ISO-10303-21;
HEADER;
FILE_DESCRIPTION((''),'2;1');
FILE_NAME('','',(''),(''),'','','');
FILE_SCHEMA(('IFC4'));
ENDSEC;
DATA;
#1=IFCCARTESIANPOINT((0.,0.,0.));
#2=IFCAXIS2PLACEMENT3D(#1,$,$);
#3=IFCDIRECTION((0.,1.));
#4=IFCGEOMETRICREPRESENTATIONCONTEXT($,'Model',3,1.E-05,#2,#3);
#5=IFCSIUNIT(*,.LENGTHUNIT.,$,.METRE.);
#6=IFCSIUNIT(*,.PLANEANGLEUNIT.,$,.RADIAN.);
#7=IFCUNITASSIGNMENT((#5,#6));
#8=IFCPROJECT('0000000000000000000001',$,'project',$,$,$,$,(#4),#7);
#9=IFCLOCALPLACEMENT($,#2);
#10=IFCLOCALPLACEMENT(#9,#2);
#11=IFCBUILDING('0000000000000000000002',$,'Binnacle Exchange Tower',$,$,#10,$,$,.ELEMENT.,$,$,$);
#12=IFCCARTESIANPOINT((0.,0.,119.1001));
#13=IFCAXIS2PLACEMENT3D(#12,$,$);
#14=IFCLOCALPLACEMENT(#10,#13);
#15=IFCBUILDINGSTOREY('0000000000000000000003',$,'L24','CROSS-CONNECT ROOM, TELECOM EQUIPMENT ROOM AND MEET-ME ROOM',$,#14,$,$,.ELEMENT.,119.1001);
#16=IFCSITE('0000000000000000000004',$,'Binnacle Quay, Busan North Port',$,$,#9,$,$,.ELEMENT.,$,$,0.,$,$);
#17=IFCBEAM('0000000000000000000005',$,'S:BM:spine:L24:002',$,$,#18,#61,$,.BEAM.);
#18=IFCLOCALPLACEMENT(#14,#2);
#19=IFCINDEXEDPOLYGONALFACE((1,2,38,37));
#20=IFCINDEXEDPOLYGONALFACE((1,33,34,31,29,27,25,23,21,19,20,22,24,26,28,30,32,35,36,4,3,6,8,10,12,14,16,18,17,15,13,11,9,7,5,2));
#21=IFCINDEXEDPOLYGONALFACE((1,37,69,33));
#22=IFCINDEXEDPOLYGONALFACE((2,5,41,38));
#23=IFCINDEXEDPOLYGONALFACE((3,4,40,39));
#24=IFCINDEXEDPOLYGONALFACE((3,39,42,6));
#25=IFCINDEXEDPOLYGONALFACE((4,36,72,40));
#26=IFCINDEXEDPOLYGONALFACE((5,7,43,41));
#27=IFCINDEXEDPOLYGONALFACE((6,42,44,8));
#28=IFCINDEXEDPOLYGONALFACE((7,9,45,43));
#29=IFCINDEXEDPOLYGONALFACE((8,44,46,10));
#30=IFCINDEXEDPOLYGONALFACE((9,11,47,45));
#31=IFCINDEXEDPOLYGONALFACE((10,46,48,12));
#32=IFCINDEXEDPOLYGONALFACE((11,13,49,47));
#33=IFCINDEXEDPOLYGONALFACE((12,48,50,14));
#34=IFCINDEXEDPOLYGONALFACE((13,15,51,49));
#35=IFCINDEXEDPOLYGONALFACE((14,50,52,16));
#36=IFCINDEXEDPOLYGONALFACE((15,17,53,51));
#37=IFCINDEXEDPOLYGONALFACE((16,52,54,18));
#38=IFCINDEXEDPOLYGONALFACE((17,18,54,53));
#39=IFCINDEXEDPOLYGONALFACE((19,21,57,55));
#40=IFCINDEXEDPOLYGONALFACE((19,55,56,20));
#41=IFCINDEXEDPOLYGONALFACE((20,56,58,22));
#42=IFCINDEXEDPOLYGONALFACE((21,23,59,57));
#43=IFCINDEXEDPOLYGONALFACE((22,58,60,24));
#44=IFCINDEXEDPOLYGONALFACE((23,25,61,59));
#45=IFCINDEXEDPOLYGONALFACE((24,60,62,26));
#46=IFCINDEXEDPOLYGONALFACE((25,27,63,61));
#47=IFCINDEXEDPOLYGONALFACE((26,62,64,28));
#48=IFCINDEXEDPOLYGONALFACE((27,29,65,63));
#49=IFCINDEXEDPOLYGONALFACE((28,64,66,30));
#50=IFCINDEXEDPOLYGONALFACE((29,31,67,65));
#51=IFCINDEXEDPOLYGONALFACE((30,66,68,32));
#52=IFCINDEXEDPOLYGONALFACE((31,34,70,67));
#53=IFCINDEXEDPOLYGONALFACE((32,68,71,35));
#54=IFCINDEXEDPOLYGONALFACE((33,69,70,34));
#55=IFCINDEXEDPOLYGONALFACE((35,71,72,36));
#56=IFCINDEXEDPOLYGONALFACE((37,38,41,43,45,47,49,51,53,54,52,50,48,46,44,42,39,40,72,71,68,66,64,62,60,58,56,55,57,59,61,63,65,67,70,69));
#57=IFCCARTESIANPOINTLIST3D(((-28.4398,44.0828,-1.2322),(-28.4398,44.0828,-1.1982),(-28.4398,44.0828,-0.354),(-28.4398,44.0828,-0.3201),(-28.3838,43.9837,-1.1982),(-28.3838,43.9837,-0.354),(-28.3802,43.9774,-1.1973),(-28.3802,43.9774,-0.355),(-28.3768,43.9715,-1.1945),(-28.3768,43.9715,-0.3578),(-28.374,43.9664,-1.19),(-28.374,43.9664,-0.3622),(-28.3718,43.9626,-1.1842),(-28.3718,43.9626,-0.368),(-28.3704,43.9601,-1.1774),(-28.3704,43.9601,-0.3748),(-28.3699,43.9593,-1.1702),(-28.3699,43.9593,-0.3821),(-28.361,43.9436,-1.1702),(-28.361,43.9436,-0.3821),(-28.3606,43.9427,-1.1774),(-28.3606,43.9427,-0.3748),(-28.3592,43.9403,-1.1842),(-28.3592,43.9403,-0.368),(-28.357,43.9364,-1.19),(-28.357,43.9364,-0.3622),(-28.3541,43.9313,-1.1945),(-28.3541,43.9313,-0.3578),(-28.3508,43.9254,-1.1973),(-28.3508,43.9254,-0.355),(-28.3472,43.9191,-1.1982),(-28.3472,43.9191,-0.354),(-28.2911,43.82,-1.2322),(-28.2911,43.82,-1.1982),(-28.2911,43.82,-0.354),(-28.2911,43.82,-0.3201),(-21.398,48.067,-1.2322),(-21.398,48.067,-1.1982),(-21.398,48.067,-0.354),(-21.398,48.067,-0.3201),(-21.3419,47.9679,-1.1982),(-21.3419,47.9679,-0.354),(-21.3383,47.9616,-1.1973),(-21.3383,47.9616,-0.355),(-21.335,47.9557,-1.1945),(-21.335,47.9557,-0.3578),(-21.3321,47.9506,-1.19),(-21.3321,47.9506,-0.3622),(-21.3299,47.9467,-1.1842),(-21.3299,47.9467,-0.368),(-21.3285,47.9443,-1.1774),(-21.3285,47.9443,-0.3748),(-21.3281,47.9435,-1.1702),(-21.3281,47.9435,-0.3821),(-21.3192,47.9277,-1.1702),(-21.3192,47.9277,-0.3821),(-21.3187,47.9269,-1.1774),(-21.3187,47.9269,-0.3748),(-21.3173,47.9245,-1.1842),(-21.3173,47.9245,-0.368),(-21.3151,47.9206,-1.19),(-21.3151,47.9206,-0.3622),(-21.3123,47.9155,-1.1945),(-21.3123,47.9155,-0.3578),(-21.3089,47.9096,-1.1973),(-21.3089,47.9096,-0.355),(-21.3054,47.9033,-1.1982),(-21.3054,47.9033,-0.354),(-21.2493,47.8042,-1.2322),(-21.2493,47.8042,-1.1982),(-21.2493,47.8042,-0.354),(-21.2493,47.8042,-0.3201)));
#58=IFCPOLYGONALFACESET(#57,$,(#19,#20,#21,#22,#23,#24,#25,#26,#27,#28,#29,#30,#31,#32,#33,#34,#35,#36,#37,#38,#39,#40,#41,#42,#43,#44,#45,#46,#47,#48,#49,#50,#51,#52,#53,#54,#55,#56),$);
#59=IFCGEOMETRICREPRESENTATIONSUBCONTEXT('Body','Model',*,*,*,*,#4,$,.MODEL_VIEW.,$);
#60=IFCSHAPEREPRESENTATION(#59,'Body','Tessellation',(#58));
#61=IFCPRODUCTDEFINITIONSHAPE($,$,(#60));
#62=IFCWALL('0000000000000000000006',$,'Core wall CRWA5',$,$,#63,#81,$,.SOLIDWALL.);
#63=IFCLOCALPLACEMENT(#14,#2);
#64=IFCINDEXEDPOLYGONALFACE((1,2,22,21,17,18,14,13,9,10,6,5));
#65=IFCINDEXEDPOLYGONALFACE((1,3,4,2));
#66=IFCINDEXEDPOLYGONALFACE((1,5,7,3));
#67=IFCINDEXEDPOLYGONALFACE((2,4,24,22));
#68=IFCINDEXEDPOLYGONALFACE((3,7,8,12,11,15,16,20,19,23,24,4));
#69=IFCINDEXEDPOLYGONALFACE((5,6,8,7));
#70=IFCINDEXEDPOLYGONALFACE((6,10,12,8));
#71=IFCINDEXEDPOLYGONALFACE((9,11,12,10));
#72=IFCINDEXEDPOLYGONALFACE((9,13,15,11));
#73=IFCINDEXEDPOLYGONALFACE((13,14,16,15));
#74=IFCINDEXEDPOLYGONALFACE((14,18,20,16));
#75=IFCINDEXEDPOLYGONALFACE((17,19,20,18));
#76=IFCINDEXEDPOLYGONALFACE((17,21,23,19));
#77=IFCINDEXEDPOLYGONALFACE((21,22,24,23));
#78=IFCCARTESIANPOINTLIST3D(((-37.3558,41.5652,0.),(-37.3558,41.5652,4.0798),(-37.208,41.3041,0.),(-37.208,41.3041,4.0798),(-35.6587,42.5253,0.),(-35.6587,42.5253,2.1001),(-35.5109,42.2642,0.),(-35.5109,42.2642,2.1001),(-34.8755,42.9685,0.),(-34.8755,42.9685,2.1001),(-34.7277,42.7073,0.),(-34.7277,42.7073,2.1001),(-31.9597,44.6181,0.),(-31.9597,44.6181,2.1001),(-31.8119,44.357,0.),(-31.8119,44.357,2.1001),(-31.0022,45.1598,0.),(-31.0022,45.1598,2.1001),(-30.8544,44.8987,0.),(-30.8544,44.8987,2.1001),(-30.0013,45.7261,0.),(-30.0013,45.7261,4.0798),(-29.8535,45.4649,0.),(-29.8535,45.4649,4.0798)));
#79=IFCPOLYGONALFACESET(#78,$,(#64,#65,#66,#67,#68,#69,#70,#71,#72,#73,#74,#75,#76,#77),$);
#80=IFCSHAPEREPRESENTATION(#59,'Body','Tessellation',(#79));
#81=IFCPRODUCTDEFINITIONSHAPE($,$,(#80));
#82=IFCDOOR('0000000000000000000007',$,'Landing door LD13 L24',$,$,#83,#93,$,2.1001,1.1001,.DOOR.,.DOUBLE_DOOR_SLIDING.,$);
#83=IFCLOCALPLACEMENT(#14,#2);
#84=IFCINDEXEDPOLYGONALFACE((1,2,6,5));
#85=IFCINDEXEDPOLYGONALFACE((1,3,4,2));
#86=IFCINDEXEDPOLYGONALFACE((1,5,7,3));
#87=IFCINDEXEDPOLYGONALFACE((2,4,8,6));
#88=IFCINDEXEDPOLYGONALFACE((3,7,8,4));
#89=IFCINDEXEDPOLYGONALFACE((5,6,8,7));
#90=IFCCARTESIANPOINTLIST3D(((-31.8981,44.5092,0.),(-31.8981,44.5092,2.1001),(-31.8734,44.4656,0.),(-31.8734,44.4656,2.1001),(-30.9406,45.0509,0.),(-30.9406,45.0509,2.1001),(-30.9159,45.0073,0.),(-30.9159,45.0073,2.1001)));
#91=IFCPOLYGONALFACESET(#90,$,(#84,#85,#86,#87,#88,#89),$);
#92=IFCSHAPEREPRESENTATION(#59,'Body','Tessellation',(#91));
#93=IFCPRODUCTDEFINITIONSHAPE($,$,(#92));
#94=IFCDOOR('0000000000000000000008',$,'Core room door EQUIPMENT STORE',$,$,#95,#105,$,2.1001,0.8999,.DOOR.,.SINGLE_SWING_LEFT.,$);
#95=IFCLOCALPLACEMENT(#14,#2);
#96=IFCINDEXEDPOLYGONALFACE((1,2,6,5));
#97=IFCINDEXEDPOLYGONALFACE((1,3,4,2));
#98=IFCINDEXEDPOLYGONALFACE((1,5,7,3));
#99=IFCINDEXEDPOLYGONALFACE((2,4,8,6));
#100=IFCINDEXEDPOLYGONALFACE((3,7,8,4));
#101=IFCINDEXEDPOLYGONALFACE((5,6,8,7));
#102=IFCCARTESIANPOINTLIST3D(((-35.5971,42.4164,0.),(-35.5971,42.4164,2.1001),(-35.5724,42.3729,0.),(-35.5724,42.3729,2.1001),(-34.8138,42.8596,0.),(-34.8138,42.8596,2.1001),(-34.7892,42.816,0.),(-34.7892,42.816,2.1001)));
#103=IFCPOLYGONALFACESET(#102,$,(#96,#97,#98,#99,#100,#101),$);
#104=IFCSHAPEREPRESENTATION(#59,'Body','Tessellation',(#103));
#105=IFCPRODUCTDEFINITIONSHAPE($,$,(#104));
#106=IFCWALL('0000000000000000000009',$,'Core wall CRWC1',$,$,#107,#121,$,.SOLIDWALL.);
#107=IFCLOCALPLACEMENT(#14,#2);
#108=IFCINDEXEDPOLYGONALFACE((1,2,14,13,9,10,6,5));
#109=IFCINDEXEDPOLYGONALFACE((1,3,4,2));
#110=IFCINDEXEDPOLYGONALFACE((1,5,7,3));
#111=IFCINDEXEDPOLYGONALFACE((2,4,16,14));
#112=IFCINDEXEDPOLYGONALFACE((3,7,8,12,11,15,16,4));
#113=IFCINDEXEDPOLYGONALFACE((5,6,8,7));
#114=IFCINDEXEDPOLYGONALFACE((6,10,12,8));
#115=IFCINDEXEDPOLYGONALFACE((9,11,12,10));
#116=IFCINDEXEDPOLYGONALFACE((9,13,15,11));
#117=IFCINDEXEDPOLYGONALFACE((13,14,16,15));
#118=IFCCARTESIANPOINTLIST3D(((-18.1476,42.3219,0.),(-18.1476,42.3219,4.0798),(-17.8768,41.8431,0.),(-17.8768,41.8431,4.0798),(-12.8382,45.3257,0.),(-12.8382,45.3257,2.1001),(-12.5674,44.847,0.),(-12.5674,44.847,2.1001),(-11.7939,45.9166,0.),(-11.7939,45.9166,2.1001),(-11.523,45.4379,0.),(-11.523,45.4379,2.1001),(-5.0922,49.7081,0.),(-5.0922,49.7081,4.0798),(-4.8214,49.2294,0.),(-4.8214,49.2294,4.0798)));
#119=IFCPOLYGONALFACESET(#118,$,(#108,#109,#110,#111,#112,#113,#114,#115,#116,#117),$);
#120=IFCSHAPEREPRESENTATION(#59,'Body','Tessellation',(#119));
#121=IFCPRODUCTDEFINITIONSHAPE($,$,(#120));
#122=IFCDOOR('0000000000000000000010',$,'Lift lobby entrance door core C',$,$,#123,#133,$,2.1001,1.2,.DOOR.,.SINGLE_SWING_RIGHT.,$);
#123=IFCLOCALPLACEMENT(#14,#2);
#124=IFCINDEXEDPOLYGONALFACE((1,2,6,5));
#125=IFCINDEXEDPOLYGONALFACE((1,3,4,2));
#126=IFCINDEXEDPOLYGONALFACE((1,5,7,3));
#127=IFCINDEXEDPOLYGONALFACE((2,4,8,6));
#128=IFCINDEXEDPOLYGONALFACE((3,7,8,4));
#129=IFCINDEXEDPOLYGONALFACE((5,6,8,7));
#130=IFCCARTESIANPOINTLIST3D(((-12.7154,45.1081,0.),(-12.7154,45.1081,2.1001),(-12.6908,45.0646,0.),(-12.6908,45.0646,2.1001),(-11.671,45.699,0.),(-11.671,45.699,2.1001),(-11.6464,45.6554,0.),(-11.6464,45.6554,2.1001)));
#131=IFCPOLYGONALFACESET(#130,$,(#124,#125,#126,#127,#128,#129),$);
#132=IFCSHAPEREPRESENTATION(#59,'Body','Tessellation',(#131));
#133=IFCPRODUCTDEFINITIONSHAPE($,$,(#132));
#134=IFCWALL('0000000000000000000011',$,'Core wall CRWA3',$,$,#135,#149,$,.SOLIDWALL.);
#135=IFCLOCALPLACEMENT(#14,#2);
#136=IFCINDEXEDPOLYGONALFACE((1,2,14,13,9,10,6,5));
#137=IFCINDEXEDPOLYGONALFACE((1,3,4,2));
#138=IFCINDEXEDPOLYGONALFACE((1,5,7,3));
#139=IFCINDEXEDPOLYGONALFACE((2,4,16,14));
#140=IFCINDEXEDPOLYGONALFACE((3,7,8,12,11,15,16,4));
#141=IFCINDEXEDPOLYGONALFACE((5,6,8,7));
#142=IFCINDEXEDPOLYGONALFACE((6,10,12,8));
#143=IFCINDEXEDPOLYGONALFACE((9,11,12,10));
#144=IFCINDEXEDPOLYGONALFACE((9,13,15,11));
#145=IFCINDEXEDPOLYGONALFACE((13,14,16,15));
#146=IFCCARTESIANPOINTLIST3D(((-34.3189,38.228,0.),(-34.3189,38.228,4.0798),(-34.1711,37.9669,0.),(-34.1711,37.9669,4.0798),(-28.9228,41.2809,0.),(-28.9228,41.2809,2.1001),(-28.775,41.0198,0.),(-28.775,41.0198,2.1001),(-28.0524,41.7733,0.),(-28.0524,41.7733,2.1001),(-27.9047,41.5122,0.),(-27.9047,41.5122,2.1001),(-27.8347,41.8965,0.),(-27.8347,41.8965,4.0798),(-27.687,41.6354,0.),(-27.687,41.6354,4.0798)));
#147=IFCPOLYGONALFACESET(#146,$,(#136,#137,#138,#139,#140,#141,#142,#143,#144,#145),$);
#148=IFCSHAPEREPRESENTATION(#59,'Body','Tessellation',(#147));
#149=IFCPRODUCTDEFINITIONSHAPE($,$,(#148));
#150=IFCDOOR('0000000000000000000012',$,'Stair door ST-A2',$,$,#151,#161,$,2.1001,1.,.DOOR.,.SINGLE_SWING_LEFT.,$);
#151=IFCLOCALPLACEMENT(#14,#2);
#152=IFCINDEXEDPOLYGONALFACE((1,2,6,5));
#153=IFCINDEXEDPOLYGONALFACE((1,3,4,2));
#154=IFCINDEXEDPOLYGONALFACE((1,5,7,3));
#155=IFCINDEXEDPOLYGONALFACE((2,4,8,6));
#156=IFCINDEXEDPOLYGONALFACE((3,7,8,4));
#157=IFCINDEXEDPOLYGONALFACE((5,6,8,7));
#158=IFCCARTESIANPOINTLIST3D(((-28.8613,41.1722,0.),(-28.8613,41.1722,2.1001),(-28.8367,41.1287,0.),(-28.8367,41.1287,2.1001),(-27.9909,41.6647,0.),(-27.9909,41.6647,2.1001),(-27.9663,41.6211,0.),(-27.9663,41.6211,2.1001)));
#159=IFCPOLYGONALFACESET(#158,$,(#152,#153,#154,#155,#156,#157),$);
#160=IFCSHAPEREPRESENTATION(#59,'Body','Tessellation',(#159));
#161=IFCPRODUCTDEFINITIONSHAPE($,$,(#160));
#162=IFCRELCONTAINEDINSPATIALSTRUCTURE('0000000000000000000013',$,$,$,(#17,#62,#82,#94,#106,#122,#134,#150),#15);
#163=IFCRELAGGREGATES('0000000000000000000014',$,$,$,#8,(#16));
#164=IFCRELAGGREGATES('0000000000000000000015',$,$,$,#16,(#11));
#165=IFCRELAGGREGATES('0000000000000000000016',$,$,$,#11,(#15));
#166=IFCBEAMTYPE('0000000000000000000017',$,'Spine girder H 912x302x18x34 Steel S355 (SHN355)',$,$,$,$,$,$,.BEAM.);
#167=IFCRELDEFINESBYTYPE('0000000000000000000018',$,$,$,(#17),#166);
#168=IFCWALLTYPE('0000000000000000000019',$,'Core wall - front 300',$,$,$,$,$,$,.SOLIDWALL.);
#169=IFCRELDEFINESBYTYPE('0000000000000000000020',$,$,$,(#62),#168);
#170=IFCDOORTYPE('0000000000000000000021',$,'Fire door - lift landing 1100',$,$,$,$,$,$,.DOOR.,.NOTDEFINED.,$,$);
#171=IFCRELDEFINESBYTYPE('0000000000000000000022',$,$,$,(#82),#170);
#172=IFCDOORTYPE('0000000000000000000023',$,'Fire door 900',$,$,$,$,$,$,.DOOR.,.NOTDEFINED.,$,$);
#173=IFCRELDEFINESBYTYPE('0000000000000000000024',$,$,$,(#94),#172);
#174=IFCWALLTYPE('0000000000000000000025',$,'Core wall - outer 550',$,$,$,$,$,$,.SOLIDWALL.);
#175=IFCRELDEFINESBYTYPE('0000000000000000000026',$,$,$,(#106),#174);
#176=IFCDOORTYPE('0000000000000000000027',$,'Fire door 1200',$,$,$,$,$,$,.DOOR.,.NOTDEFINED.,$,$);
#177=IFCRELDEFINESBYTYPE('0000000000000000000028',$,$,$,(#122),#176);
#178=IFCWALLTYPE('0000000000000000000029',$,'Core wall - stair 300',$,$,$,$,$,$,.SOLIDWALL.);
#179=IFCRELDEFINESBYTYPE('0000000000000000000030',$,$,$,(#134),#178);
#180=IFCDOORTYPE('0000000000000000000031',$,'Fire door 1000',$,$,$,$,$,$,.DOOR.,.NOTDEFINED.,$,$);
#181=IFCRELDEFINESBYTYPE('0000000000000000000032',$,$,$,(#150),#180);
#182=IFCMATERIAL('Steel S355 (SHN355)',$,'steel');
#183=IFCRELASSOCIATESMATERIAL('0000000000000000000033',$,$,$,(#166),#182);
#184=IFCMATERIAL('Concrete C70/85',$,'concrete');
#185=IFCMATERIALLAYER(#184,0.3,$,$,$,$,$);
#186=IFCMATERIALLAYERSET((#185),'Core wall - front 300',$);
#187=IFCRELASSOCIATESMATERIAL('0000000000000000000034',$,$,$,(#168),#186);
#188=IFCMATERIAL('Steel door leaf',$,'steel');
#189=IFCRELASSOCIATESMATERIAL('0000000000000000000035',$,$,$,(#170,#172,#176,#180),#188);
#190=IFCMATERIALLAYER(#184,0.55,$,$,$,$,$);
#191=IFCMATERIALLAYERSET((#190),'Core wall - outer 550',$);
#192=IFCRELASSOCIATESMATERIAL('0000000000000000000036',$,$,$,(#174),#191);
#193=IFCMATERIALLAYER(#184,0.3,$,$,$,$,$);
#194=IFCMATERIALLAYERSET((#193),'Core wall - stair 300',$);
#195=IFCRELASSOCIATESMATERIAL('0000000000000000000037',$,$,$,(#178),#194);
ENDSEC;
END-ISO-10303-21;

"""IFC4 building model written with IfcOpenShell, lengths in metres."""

from ifc_helpers import new_model, si_unit, direction, frame, frame_2d, origin, origin_2d, place, context, subcontext, project, spatial, rectangle, i_section, extrude, material, layer, layer_set, material_profile, profile_set, type_object, element, fill, save


model = new_model("IFC4")

# Units and contexts
model_context = context("Model", 3, precision=1e-05, world=origin(), true_north=direction((0.0, 1.0)))
body_context = subcontext(model_context, "Body", "Model", "MODEL_VIEW")
ifc_project = project(units=[si_unit("LENGTHUNIT", "METRE"), si_unit("PLANEANGLEUNIT", "RADIAN")], contexts=[model_context])

# Site, building, storey
site_placement = place(None, origin())
site = spatial("IfcSite", under=ifc_project, at=site_placement, Name="Binnacle Quay, Busan North Port", CompositionType="ELEMENT", RefElevation=0.0)
building_placement = place(site_placement, origin())
building = spatial("IfcBuilding", under=site, at=building_placement, Name="Binnacle Exchange Tower", CompositionType="ELEMENT")
storey_placement = place(building_placement, frame((0.0, 0.0, 119.1001)))
storey = spatial("IfcBuildingStorey", under=building, at=storey_placement, Name="L24", Description="CROSS-CONNECT ROOM, TELECOM EQUIPMENT ROOM AND MEET-ME ROOM", CompositionType="ELEMENT", Elevation=119.1001)

# Shared definitions
ifc_material_1 = material(Name="Concrete C70/85", Category="concrete")

# Beam
ifc_material_2 = material(Name="Steel S355 (SHN355)", Category="steel")
ifc_material_profile_1 = material_profile(ifc_material_2, i_section(OverallWidth=0.302, OverallDepth=0.9121, WebThickness=0.0181, FlangeThickness=0.0339, FilletRadius=0.0281, at=origin_2d()), Name="H 912x302x18x34")
ifc_profile_set_1 = profile_set([ifc_material_profile_1], Name="Steel S355 (SHN355)")
beam_type_1 = type_object("IfcBeamType", Name="Spine girder H 912x302x18x34 Steel S355 (SHN355)", PredefinedType="BEAM", material=ifc_profile_set_1)
beam_1_placement = place(storey_placement, frame((-28.3655, 43.9514, -0.7761), z_axis=(0.87035, 0.492433, 0.0), x_axis=(-0.492433, 0.87035, 0.0)))
element("IfcBeam", 1, at=beam_1_placement, inside=storey, type_object=beam_type_1, Name="S:BM:spine:L24:002", PredefinedType="BEAM", context=body_context, shape_type="SweptSolid", body=[
    extrude(i_section(OverallWidth=0.302, OverallDepth=0.9121, WebThickness=0.0181, FlangeThickness=0.0339, FilletRadius=0.0281, at=origin_2d()), origin(), (0.0, 0.0, 1.0), 8.0908),
])

# Wall, openings, doors
ifc_layer_1 = layer(ifc_material_1, 0.3)
ifc_layer_set_1 = layer_set([ifc_layer_1], Name="Core wall - front 300")
wall_type_1 = type_object("IfcWallType", Name="Core wall - front 300", PredefinedType="SOLIDWALL", material=ifc_layer_set_1)
wall_1_placement = place(storey_placement, frame((-37.282, 41.4346, 0.0), z_axis=(0.0, 0.0, 1.0), x_axis=(0.87036, 0.492416, 0.0)))
wall_1 = element("IfcWall", 2, at=wall_1_placement, inside=storey, type_object=wall_type_1, Name="Core wall CRWA5", PredefinedType="SOLIDWALL", context=body_context, shape_type="SweptSolid", body=[
    extrude(rectangle(XDim=8.45, YDim=0.3, at=frame_2d((4.2251, 0.0))), origin(), (0.0, 0.0, 1.0), 4.0798),
])
opening_1_placement = place(wall_1_placement, frame((6.2, 0.0, 0.0)))
opening_1 = element("IfcOpeningElement", 3, at=opening_1_placement, cuts=wall_1, PredefinedType="OPENING", context=body_context, shape_type="SweptSolid", body=[
    extrude(rectangle(XDim=1.1001, YDim=2.1001, at=frame_2d((0.55, 1.05))), frame((0.0, 0.1599, 0.0), z_axis=(0.0, -1.0, 0.0), x_axis=(1.0, 0.0, 0.0)), (0.0, 0.0, 1.0), 0.3201),
])
opening_2_placement = place(wall_1_placement, frame((1.95, 0.0, 0.0)))
opening_2 = element("IfcOpeningElement", 4, at=opening_2_placement, cuts=wall_1, PredefinedType="OPENING", context=body_context, shape_type="SweptSolid", body=[
    extrude(rectangle(XDim=0.8999, YDim=2.1001, at=frame_2d((0.45, 1.05))), frame((0.0, 0.1599, 0.0), z_axis=(0.0, -1.0, 0.0), x_axis=(1.0, 0.0, 0.0)), (0.0, 0.0, 1.0), 0.3201),
])
ifc_material_3 = material(Name="Steel door leaf", Category="steel")
door_type_1 = type_object("IfcDoorType", Name="Fire door - lift landing 1100", OperationType="NOTDEFINED", PredefinedType="DOOR", material=ifc_material_3)
door_1_placement = place(opening_1_placement, origin())
door_1 = element("IfcDoor", 5, at=door_1_placement, inside=storey, type_object=door_type_1, Name="Landing door LD13 L24", OperationType="DOUBLE_DOOR_SLIDING", OverallHeight=2.1001, OverallWidth=1.1001, PredefinedType="DOOR", context=body_context, shape_type="SweptSolid", body=[
    extrude(rectangle(XDim=1.1001, YDim=2.1001, at=frame_2d((0.55, 1.05))), frame((0.0, 0.0249, 0.0), z_axis=(0.0, -1.0, 0.0), x_axis=(1.0, 0.0, 0.0)), (0.0, 0.0, 1.0), 0.05),
])
fill(opening_1, door_1)
door_type_2 = type_object("IfcDoorType", Name="Fire door 900", OperationType="NOTDEFINED", PredefinedType="DOOR", material=ifc_material_3)
door_2_placement = place(opening_2_placement, origin())
door_2 = element("IfcDoor", 6, at=door_2_placement, inside=storey, type_object=door_type_2, Name="Core room door EQUIPMENT STORE", OperationType="SINGLE_SWING_LEFT", OverallHeight=2.1001, OverallWidth=0.8999, PredefinedType="DOOR", context=body_context, shape_type="SweptSolid", body=[
    extrude(rectangle(XDim=0.8999, YDim=2.1001, at=frame_2d((0.45, 1.05))), frame((0.0, 0.0249, 0.0), z_axis=(0.0, -1.0, 0.0), x_axis=(1.0, 0.0, 0.0)), (0.0, 0.0, 1.0), 0.05),
])
fill(opening_2, door_2)

# Walls, openings, doors
ifc_layer_2 = layer(ifc_material_1, 0.55)
ifc_layer_set_2 = layer_set([ifc_layer_2], Name="Core wall - outer 550")
wall_type_2 = type_object("IfcWallType", Name="Core wall - outer 550", PredefinedType="SOLIDWALL", material=ifc_layer_set_2)
wall_2_placement = place(storey_placement, frame((-18.0122, 42.0825, 0.0), z_axis=(0.0, 0.0, 1.0), x_axis=(0.870361, 0.492415, 0.0)))
wall_2 = element("IfcWall", 7, at=wall_2_placement, inside=storey, type_object=wall_type_2, Name="Core wall CRWC1", PredefinedType="SOLIDWALL", context=body_context, shape_type="SweptSolid", body=[
    extrude(rectangle(XDim=15.0, YDim=0.55, at=frame_2d((7.5, 0.0))), origin(), (0.0, 0.0, 1.0), 4.0798),
])
opening_3_placement = place(wall_2_placement, frame((6.1001, 0.0, 0.0)))
opening_3 = element("IfcOpeningElement", 8, at=opening_3_placement, cuts=wall_2, PredefinedType="OPENING", context=body_context, shape_type="SweptSolid", body=[
    extrude(rectangle(XDim=1.2, YDim=2.1001, at=frame_2d((0.6001, 1.05))), frame((0.0, 0.2849, 0.0), z_axis=(0.0, -1.0, 0.0), x_axis=(1.0, 0.0, 0.0)), (0.0, 0.0, 1.0), 0.5701),
])
door_type_3 = type_object("IfcDoorType", Name="Fire door 1200", OperationType="NOTDEFINED", PredefinedType="DOOR", material=ifc_material_3)
door_3_placement = place(opening_3_placement, frame((1.2, 0.0, 0.0), z_axis=(0.0, 0.0, 1.0), x_axis=(-1.0, 0.0, 0.0)))
door_3 = element("IfcDoor", 9, at=door_3_placement, inside=storey, type_object=door_type_3, Name="Lift lobby entrance door core C", OperationType="SINGLE_SWING_RIGHT", OverallHeight=2.1001, OverallWidth=1.2, PredefinedType="DOOR", context=body_context, shape_type="SweptSolid", body=[
    extrude(rectangle(XDim=1.2, YDim=2.1001, at=frame_2d((0.6001, 1.05))), frame((0.0, 0.0249, 0.0), z_axis=(0.0, -1.0, 0.0), x_axis=(1.0, 0.0, 0.0)), (0.0, 0.0, 1.0), 0.05),
])
fill(opening_3, door_3)
ifc_layer_3 = layer(ifc_material_1, 0.3)
ifc_layer_set_3 = layer_set([ifc_layer_3], Name="Core wall - stair 300")
wall_type_3 = type_object("IfcWallType", Name="Core wall - stair 300", PredefinedType="SOLIDWALL", material=ifc_layer_set_3)
wall_3_placement = place(storey_placement, frame((-34.2451, 38.0974, 0.0), z_axis=(0.0, 0.0, 1.0), x_axis=(0.870361, 0.492415, 0.0)))
wall_3 = element("IfcWall", 10, at=wall_3_placement, inside=storey, type_object=wall_type_3, Name="Core wall CRWA3", PredefinedType="SOLIDWALL", context=body_context, shape_type="SweptSolid", body=[
    extrude(rectangle(XDim=7.45, YDim=0.3, at=frame_2d((3.7251, 0.0))), origin(), (0.0, 0.0, 1.0), 4.0798),
])
opening_4_placement = place(wall_3_placement, frame((6.2, 0.0, 0.0)))
opening_4 = element("IfcOpeningElement", 11, at=opening_4_placement, cuts=wall_3, PredefinedType="OPENING", context=body_context, shape_type="SweptSolid", body=[
    extrude(rectangle(XDim=1.0, YDim=2.1001, at=frame_2d((0.5, 1.05))), frame((0.0, 0.1599, 0.0), z_axis=(0.0, -1.0, 0.0), x_axis=(1.0, 0.0, 0.0)), (0.0, 0.0, 1.0), 0.3201),
])
door_type_4 = type_object("IfcDoorType", Name="Fire door 1000", OperationType="NOTDEFINED", PredefinedType="DOOR", material=ifc_material_3)
door_4_placement = place(opening_4_placement, frame((1.0, 0.0, 0.0), z_axis=(0.0, 0.0, 1.0), x_axis=(-1.0, 0.0, 0.0)))
door_4 = element("IfcDoor", 12, at=door_4_placement, inside=storey, type_object=door_type_4, Name="Stair door ST-A2", OperationType="SINGLE_SWING_LEFT", OverallHeight=2.1001, OverallWidth=1.0, PredefinedType="DOOR", context=body_context, shape_type="SweptSolid", body=[
    extrude(rectangle(XDim=1.0, YDim=2.1001, at=frame_2d((0.5, 1.05))), frame((0.0, 0.0249, 0.0), z_axis=(0.0, -1.0, 0.0), x_axis=(1.0, 0.0, 0.0)), (0.0, 0.0, 1.0), 0.05),
])
fill(opening_4, door_4)

save(model, "model.ifc")
